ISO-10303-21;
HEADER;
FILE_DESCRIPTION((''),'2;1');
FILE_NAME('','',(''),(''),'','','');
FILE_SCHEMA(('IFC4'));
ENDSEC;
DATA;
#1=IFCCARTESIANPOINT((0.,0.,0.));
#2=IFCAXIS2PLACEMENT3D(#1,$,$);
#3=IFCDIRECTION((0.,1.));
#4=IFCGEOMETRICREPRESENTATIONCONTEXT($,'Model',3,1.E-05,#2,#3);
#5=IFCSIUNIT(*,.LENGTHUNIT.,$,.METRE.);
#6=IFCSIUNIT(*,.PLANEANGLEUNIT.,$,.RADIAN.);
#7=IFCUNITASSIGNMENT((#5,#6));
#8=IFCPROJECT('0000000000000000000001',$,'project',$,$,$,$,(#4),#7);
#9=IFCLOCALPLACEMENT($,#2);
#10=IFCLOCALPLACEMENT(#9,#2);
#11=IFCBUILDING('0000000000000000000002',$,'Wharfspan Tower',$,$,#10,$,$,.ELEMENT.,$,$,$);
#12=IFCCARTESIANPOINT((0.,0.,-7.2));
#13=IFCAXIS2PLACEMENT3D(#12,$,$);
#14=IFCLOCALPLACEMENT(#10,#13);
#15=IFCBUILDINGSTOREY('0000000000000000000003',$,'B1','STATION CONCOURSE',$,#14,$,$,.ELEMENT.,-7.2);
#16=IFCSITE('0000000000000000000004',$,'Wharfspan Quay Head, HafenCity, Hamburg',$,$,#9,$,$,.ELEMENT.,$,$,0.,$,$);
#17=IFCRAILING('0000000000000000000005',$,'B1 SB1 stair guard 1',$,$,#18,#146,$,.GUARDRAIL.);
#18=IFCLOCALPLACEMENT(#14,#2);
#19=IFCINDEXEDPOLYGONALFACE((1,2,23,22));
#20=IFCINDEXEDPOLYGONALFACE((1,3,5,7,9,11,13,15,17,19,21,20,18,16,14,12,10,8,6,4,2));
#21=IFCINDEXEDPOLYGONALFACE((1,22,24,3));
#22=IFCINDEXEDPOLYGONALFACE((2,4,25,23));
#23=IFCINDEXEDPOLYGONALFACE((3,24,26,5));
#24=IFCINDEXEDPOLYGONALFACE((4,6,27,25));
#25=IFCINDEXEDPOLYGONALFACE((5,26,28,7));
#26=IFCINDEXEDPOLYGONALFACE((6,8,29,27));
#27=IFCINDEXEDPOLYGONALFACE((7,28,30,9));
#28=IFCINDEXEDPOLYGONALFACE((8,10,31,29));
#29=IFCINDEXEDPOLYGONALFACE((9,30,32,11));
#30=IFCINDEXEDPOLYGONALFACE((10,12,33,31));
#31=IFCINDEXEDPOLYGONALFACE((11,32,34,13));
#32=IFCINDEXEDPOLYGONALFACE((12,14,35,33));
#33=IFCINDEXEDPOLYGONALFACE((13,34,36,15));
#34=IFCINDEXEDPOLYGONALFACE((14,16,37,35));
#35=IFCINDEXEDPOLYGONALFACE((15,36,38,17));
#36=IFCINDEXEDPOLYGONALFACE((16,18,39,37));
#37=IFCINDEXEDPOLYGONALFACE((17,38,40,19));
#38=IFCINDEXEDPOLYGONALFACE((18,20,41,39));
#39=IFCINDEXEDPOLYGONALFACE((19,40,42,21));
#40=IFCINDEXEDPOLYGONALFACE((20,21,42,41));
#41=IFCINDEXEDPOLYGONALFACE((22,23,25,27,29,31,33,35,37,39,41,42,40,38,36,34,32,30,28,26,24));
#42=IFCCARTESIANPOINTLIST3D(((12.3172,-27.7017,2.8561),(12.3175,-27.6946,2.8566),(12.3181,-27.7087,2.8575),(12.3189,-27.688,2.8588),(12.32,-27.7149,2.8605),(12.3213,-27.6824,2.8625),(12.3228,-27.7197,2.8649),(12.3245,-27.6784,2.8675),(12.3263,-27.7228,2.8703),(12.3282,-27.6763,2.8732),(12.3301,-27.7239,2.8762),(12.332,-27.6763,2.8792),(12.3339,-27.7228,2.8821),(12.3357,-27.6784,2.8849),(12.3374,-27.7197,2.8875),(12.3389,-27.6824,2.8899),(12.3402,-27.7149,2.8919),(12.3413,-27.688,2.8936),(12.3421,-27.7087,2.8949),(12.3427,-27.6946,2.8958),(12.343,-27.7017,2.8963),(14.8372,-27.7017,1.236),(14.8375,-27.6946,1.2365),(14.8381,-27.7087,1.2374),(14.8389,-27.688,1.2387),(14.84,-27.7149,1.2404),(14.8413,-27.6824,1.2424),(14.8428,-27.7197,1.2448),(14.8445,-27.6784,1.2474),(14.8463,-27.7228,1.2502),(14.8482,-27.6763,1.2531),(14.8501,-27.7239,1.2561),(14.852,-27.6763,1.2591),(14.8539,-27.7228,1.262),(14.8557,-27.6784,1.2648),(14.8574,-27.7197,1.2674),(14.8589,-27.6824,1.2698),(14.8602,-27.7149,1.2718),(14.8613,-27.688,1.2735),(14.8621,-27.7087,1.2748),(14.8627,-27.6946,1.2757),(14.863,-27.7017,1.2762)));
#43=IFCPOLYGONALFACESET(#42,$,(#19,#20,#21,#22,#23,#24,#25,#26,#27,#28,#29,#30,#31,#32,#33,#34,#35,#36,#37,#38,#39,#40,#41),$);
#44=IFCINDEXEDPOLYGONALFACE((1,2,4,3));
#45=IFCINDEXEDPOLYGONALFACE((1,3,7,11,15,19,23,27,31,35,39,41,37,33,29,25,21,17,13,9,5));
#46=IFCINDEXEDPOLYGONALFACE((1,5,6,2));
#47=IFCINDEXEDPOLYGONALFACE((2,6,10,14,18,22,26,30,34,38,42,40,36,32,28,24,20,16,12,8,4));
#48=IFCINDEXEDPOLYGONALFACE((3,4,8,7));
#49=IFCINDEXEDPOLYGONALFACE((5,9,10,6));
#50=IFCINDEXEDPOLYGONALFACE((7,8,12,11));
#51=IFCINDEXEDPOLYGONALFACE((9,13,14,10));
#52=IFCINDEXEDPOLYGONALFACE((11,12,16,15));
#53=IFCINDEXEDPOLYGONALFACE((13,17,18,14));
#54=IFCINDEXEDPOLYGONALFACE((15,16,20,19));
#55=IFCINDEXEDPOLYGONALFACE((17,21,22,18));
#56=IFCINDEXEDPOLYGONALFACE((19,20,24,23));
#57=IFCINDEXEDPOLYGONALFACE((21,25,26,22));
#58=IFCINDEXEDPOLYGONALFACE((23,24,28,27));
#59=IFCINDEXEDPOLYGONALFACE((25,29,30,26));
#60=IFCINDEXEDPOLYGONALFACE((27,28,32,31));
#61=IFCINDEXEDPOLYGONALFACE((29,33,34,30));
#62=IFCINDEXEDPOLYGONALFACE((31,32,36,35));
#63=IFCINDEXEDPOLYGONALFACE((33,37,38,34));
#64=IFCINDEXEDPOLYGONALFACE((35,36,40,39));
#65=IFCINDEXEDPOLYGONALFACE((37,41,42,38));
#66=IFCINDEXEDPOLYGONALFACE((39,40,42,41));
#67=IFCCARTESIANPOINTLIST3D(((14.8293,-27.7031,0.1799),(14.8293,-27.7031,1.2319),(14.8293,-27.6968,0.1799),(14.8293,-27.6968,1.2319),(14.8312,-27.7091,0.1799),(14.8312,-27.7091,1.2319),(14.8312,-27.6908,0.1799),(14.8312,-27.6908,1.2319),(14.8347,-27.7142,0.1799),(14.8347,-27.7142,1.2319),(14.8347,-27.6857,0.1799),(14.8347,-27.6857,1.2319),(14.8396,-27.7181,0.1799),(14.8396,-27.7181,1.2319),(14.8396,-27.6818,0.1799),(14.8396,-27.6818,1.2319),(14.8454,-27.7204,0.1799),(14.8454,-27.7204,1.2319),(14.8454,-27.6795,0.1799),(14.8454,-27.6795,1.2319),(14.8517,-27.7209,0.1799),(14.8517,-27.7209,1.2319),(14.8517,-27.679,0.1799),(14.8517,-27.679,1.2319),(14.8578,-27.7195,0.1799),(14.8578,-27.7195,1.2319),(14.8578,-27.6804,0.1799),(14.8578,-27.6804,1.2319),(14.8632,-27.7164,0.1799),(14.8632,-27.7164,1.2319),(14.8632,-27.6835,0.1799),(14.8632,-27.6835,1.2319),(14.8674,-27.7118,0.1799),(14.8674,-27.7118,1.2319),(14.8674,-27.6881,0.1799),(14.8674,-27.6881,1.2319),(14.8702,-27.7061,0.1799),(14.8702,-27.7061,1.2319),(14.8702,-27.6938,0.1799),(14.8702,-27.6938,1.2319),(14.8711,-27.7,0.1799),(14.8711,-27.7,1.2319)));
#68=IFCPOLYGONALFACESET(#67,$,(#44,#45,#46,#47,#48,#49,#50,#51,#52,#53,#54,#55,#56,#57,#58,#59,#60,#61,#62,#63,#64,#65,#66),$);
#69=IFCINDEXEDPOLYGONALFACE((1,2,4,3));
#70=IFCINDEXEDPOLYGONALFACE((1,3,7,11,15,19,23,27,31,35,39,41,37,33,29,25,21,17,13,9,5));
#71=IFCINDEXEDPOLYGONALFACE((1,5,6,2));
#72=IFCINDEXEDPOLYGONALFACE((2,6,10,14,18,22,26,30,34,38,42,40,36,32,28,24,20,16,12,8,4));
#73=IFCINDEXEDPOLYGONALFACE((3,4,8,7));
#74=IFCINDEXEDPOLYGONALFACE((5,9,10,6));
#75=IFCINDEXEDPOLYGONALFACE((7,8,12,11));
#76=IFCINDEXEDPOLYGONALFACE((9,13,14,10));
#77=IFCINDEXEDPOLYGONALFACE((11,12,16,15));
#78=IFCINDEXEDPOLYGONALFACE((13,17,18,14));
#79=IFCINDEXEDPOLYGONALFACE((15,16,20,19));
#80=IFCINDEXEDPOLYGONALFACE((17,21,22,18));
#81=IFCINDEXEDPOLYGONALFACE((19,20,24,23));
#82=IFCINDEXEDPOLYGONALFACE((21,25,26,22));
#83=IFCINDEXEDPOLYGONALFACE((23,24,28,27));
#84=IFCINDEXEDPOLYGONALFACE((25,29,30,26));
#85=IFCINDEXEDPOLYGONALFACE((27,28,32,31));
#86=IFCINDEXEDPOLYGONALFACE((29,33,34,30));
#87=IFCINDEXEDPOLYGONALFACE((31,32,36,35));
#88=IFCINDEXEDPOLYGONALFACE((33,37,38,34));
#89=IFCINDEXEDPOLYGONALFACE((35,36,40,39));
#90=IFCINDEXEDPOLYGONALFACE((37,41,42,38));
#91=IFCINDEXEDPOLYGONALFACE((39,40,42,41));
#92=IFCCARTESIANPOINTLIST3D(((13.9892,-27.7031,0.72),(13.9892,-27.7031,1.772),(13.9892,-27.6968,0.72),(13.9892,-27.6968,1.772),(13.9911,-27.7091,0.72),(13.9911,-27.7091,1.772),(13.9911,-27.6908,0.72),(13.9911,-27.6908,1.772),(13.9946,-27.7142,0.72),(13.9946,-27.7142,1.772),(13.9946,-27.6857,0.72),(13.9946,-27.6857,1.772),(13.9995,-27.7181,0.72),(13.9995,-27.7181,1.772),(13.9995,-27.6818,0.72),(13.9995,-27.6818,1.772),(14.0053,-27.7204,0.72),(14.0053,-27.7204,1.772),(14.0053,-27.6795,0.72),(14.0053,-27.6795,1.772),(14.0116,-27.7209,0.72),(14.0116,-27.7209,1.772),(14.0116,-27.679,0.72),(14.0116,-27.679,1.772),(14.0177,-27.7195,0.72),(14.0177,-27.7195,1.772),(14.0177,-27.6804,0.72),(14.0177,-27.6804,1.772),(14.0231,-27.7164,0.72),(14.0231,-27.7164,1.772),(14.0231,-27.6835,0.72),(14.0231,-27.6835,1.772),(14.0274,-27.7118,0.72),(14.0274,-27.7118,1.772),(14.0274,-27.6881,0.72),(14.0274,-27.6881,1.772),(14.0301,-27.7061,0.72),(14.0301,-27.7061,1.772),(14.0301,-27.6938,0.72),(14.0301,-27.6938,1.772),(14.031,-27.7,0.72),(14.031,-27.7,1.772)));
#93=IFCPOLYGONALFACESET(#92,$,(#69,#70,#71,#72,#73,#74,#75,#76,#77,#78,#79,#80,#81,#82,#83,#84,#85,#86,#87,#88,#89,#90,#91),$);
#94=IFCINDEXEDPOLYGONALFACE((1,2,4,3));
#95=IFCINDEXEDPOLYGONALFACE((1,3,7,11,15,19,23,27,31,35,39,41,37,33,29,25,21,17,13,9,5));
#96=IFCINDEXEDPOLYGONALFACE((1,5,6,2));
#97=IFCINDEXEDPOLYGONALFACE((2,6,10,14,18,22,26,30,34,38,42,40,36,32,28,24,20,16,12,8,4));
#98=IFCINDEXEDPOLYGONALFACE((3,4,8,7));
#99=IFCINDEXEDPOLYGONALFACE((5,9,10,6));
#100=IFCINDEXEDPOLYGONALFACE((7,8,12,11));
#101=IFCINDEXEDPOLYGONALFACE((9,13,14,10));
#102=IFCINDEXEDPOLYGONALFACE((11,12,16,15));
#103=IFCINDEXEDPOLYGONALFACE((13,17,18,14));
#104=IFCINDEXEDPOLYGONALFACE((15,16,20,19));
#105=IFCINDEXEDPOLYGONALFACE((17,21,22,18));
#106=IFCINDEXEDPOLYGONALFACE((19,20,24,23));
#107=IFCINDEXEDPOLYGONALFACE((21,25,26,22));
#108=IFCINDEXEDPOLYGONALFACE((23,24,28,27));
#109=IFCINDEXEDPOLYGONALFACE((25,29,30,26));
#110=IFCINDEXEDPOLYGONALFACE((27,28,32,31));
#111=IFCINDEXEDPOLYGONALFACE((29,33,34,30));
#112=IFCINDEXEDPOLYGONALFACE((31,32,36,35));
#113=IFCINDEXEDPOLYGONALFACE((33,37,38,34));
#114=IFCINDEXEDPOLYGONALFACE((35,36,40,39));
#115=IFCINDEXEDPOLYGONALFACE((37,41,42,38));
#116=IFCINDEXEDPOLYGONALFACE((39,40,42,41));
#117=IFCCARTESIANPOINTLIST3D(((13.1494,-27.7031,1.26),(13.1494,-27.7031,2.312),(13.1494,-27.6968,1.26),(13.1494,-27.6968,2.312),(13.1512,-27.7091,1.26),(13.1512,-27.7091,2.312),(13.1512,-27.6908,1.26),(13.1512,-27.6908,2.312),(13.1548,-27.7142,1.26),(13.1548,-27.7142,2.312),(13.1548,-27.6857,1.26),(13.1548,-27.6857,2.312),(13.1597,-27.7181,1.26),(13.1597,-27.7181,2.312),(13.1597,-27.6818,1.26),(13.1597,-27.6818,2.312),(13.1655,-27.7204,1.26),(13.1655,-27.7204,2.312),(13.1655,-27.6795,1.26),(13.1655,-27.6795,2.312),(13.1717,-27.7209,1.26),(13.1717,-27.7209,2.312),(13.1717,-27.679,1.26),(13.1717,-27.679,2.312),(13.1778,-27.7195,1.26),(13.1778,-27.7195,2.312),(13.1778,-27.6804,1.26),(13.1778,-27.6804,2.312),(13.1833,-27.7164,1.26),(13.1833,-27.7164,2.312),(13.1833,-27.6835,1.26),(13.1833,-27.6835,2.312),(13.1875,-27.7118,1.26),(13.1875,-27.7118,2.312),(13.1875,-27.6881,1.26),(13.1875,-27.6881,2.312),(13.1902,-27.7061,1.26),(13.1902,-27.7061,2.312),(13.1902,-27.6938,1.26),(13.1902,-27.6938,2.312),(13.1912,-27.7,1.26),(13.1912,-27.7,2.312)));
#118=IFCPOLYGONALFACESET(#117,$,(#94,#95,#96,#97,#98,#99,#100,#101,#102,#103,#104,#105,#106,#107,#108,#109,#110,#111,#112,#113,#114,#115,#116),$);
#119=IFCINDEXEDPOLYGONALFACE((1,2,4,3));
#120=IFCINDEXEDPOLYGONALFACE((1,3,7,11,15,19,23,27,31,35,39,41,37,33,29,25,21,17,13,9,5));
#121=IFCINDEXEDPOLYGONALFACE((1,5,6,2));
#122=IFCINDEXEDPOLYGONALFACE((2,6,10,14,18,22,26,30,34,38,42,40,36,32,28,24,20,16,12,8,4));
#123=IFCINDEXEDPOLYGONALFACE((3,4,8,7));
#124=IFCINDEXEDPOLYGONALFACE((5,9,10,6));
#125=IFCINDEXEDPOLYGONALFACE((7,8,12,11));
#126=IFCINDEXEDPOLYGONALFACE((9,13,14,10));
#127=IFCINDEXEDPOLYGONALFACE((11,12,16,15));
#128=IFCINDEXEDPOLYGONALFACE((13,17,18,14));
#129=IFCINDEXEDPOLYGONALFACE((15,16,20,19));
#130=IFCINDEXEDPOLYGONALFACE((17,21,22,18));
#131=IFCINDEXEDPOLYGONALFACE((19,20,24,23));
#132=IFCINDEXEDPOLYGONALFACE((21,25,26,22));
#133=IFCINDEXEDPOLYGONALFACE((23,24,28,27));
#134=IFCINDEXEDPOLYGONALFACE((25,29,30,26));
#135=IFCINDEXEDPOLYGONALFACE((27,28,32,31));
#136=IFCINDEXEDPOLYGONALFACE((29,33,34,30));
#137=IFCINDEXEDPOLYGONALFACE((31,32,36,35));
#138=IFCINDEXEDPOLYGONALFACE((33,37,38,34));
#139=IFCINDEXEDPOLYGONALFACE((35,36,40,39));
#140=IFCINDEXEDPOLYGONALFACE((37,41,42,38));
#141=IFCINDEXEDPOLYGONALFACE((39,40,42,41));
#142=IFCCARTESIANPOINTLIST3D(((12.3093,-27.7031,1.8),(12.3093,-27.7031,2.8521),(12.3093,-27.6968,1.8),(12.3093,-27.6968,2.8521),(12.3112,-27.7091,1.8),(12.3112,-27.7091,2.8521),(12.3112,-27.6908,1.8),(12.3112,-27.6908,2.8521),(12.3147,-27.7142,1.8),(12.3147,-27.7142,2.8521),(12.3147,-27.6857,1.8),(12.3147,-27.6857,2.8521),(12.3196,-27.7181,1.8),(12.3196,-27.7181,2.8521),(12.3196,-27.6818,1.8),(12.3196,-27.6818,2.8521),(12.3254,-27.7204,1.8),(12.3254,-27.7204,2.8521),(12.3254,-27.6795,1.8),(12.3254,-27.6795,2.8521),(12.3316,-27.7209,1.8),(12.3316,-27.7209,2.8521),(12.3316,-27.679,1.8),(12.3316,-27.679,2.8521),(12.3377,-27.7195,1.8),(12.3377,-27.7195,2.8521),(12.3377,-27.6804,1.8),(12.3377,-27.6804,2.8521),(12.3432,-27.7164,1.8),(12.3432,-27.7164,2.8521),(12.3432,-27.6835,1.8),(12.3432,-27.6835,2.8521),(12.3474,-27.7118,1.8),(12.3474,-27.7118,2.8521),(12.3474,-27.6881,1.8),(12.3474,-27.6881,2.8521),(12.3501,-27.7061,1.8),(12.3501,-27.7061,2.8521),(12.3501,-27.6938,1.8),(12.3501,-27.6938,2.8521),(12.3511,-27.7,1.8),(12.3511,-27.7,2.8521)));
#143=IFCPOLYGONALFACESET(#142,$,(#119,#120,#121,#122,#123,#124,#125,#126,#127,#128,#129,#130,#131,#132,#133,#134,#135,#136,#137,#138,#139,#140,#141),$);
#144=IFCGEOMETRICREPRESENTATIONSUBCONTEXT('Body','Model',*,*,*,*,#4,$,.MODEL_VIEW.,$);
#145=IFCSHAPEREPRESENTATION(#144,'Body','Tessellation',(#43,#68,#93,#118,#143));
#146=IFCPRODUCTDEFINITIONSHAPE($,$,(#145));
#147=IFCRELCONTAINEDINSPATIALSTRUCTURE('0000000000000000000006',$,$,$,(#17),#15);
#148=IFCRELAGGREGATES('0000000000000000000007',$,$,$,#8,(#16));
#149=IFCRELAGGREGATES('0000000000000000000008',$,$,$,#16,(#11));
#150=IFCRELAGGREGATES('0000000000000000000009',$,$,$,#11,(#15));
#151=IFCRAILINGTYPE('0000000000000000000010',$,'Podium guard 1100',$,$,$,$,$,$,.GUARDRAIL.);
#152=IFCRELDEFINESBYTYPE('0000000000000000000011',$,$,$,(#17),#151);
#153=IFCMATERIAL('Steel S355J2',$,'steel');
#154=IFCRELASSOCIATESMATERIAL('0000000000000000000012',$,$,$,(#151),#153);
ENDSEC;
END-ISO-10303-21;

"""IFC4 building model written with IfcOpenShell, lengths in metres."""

from ifc_helpers import new_model, si_unit, direction, frame, origin, origin_2d, place, context, subcontext, project, spatial, circle, extrude, material, type_object, element, save


model = new_model("IFC4")

# Units and contexts
model_context = context("Model", 3, precision=1e-05, world=origin(), true_north=direction((0.0, 1.0)))
body_context = subcontext(model_context, "Body", "Model", "MODEL_VIEW")
ifc_project = project(units=[si_unit("LENGTHUNIT", "METRE"), si_unit("PLANEANGLEUNIT", "RADIAN")], contexts=[model_context])

# Site, building, storey
site_placement = place(None, origin())
site = spatial("IfcSite", under=ifc_project, at=site_placement, Name="Wharfspan Quay Head, HafenCity, Hamburg", CompositionType="ELEMENT", RefElevation=0.0)
building_placement = place(site_placement, origin())
building = spatial("IfcBuilding", under=site, at=building_placement, Name="Wharfspan Tower", CompositionType="ELEMENT")
storey_placement = place(building_placement, frame((0.0, 0.0, -7.2)))
storey = spatial("IfcBuildingStorey", under=building, at=storey_placement, Name="B1", Description="STATION CONCOURSE", CompositionType="ELEMENT", Elevation=-7.2)

# Railing
ifc_material_1 = material(Name="Steel S355J2", Category="steel")
railing_type_1 = type_object("IfcRailingType", Name="Podium guard 1100", PredefinedType="GUARDRAIL", material=ifc_material_1)
railing_1_placement = place(storey_placement, frame((14.8501, -27.7, 0.1799)))
element("IfcRailing", 1, at=railing_1_placement, inside=storey, type_object=railing_type_1, Name="B1 SB1 stair guard 1", PredefinedType="GUARDRAIL", context=body_context, shape_type="SweptSolid", body=[
    extrude(circle(Radius=0.0239, at=origin_2d()), frame((0.0, 0.0, 1.0762), z_axis=(-0.841163, 0.0, 0.540782), x_axis=(0.0, -1.0, 0.0)), (0.0, 0.0, 1.0), 2.9958),
    extrude(circle(Radius=0.021, at=origin_2d()), origin(), (0.0, 0.0, 1.0), 1.052),
    extrude(circle(Radius=0.021, at=origin_2d()), frame((-0.8401, 0.0, 0.54)), (0.0, 0.0, 1.0), 1.052),
    extrude(circle(Radius=0.021, at=origin_2d()), frame((-1.6799, 0.0, 1.0801)), (0.0, 0.0, 1.0), 1.052),
    extrude(circle(Radius=0.021, at=origin_2d()), frame((-2.52, 0.0, 1.6201)), (0.0, 0.0, 1.0), 1.052),
])

save(model, "model.ifc")
